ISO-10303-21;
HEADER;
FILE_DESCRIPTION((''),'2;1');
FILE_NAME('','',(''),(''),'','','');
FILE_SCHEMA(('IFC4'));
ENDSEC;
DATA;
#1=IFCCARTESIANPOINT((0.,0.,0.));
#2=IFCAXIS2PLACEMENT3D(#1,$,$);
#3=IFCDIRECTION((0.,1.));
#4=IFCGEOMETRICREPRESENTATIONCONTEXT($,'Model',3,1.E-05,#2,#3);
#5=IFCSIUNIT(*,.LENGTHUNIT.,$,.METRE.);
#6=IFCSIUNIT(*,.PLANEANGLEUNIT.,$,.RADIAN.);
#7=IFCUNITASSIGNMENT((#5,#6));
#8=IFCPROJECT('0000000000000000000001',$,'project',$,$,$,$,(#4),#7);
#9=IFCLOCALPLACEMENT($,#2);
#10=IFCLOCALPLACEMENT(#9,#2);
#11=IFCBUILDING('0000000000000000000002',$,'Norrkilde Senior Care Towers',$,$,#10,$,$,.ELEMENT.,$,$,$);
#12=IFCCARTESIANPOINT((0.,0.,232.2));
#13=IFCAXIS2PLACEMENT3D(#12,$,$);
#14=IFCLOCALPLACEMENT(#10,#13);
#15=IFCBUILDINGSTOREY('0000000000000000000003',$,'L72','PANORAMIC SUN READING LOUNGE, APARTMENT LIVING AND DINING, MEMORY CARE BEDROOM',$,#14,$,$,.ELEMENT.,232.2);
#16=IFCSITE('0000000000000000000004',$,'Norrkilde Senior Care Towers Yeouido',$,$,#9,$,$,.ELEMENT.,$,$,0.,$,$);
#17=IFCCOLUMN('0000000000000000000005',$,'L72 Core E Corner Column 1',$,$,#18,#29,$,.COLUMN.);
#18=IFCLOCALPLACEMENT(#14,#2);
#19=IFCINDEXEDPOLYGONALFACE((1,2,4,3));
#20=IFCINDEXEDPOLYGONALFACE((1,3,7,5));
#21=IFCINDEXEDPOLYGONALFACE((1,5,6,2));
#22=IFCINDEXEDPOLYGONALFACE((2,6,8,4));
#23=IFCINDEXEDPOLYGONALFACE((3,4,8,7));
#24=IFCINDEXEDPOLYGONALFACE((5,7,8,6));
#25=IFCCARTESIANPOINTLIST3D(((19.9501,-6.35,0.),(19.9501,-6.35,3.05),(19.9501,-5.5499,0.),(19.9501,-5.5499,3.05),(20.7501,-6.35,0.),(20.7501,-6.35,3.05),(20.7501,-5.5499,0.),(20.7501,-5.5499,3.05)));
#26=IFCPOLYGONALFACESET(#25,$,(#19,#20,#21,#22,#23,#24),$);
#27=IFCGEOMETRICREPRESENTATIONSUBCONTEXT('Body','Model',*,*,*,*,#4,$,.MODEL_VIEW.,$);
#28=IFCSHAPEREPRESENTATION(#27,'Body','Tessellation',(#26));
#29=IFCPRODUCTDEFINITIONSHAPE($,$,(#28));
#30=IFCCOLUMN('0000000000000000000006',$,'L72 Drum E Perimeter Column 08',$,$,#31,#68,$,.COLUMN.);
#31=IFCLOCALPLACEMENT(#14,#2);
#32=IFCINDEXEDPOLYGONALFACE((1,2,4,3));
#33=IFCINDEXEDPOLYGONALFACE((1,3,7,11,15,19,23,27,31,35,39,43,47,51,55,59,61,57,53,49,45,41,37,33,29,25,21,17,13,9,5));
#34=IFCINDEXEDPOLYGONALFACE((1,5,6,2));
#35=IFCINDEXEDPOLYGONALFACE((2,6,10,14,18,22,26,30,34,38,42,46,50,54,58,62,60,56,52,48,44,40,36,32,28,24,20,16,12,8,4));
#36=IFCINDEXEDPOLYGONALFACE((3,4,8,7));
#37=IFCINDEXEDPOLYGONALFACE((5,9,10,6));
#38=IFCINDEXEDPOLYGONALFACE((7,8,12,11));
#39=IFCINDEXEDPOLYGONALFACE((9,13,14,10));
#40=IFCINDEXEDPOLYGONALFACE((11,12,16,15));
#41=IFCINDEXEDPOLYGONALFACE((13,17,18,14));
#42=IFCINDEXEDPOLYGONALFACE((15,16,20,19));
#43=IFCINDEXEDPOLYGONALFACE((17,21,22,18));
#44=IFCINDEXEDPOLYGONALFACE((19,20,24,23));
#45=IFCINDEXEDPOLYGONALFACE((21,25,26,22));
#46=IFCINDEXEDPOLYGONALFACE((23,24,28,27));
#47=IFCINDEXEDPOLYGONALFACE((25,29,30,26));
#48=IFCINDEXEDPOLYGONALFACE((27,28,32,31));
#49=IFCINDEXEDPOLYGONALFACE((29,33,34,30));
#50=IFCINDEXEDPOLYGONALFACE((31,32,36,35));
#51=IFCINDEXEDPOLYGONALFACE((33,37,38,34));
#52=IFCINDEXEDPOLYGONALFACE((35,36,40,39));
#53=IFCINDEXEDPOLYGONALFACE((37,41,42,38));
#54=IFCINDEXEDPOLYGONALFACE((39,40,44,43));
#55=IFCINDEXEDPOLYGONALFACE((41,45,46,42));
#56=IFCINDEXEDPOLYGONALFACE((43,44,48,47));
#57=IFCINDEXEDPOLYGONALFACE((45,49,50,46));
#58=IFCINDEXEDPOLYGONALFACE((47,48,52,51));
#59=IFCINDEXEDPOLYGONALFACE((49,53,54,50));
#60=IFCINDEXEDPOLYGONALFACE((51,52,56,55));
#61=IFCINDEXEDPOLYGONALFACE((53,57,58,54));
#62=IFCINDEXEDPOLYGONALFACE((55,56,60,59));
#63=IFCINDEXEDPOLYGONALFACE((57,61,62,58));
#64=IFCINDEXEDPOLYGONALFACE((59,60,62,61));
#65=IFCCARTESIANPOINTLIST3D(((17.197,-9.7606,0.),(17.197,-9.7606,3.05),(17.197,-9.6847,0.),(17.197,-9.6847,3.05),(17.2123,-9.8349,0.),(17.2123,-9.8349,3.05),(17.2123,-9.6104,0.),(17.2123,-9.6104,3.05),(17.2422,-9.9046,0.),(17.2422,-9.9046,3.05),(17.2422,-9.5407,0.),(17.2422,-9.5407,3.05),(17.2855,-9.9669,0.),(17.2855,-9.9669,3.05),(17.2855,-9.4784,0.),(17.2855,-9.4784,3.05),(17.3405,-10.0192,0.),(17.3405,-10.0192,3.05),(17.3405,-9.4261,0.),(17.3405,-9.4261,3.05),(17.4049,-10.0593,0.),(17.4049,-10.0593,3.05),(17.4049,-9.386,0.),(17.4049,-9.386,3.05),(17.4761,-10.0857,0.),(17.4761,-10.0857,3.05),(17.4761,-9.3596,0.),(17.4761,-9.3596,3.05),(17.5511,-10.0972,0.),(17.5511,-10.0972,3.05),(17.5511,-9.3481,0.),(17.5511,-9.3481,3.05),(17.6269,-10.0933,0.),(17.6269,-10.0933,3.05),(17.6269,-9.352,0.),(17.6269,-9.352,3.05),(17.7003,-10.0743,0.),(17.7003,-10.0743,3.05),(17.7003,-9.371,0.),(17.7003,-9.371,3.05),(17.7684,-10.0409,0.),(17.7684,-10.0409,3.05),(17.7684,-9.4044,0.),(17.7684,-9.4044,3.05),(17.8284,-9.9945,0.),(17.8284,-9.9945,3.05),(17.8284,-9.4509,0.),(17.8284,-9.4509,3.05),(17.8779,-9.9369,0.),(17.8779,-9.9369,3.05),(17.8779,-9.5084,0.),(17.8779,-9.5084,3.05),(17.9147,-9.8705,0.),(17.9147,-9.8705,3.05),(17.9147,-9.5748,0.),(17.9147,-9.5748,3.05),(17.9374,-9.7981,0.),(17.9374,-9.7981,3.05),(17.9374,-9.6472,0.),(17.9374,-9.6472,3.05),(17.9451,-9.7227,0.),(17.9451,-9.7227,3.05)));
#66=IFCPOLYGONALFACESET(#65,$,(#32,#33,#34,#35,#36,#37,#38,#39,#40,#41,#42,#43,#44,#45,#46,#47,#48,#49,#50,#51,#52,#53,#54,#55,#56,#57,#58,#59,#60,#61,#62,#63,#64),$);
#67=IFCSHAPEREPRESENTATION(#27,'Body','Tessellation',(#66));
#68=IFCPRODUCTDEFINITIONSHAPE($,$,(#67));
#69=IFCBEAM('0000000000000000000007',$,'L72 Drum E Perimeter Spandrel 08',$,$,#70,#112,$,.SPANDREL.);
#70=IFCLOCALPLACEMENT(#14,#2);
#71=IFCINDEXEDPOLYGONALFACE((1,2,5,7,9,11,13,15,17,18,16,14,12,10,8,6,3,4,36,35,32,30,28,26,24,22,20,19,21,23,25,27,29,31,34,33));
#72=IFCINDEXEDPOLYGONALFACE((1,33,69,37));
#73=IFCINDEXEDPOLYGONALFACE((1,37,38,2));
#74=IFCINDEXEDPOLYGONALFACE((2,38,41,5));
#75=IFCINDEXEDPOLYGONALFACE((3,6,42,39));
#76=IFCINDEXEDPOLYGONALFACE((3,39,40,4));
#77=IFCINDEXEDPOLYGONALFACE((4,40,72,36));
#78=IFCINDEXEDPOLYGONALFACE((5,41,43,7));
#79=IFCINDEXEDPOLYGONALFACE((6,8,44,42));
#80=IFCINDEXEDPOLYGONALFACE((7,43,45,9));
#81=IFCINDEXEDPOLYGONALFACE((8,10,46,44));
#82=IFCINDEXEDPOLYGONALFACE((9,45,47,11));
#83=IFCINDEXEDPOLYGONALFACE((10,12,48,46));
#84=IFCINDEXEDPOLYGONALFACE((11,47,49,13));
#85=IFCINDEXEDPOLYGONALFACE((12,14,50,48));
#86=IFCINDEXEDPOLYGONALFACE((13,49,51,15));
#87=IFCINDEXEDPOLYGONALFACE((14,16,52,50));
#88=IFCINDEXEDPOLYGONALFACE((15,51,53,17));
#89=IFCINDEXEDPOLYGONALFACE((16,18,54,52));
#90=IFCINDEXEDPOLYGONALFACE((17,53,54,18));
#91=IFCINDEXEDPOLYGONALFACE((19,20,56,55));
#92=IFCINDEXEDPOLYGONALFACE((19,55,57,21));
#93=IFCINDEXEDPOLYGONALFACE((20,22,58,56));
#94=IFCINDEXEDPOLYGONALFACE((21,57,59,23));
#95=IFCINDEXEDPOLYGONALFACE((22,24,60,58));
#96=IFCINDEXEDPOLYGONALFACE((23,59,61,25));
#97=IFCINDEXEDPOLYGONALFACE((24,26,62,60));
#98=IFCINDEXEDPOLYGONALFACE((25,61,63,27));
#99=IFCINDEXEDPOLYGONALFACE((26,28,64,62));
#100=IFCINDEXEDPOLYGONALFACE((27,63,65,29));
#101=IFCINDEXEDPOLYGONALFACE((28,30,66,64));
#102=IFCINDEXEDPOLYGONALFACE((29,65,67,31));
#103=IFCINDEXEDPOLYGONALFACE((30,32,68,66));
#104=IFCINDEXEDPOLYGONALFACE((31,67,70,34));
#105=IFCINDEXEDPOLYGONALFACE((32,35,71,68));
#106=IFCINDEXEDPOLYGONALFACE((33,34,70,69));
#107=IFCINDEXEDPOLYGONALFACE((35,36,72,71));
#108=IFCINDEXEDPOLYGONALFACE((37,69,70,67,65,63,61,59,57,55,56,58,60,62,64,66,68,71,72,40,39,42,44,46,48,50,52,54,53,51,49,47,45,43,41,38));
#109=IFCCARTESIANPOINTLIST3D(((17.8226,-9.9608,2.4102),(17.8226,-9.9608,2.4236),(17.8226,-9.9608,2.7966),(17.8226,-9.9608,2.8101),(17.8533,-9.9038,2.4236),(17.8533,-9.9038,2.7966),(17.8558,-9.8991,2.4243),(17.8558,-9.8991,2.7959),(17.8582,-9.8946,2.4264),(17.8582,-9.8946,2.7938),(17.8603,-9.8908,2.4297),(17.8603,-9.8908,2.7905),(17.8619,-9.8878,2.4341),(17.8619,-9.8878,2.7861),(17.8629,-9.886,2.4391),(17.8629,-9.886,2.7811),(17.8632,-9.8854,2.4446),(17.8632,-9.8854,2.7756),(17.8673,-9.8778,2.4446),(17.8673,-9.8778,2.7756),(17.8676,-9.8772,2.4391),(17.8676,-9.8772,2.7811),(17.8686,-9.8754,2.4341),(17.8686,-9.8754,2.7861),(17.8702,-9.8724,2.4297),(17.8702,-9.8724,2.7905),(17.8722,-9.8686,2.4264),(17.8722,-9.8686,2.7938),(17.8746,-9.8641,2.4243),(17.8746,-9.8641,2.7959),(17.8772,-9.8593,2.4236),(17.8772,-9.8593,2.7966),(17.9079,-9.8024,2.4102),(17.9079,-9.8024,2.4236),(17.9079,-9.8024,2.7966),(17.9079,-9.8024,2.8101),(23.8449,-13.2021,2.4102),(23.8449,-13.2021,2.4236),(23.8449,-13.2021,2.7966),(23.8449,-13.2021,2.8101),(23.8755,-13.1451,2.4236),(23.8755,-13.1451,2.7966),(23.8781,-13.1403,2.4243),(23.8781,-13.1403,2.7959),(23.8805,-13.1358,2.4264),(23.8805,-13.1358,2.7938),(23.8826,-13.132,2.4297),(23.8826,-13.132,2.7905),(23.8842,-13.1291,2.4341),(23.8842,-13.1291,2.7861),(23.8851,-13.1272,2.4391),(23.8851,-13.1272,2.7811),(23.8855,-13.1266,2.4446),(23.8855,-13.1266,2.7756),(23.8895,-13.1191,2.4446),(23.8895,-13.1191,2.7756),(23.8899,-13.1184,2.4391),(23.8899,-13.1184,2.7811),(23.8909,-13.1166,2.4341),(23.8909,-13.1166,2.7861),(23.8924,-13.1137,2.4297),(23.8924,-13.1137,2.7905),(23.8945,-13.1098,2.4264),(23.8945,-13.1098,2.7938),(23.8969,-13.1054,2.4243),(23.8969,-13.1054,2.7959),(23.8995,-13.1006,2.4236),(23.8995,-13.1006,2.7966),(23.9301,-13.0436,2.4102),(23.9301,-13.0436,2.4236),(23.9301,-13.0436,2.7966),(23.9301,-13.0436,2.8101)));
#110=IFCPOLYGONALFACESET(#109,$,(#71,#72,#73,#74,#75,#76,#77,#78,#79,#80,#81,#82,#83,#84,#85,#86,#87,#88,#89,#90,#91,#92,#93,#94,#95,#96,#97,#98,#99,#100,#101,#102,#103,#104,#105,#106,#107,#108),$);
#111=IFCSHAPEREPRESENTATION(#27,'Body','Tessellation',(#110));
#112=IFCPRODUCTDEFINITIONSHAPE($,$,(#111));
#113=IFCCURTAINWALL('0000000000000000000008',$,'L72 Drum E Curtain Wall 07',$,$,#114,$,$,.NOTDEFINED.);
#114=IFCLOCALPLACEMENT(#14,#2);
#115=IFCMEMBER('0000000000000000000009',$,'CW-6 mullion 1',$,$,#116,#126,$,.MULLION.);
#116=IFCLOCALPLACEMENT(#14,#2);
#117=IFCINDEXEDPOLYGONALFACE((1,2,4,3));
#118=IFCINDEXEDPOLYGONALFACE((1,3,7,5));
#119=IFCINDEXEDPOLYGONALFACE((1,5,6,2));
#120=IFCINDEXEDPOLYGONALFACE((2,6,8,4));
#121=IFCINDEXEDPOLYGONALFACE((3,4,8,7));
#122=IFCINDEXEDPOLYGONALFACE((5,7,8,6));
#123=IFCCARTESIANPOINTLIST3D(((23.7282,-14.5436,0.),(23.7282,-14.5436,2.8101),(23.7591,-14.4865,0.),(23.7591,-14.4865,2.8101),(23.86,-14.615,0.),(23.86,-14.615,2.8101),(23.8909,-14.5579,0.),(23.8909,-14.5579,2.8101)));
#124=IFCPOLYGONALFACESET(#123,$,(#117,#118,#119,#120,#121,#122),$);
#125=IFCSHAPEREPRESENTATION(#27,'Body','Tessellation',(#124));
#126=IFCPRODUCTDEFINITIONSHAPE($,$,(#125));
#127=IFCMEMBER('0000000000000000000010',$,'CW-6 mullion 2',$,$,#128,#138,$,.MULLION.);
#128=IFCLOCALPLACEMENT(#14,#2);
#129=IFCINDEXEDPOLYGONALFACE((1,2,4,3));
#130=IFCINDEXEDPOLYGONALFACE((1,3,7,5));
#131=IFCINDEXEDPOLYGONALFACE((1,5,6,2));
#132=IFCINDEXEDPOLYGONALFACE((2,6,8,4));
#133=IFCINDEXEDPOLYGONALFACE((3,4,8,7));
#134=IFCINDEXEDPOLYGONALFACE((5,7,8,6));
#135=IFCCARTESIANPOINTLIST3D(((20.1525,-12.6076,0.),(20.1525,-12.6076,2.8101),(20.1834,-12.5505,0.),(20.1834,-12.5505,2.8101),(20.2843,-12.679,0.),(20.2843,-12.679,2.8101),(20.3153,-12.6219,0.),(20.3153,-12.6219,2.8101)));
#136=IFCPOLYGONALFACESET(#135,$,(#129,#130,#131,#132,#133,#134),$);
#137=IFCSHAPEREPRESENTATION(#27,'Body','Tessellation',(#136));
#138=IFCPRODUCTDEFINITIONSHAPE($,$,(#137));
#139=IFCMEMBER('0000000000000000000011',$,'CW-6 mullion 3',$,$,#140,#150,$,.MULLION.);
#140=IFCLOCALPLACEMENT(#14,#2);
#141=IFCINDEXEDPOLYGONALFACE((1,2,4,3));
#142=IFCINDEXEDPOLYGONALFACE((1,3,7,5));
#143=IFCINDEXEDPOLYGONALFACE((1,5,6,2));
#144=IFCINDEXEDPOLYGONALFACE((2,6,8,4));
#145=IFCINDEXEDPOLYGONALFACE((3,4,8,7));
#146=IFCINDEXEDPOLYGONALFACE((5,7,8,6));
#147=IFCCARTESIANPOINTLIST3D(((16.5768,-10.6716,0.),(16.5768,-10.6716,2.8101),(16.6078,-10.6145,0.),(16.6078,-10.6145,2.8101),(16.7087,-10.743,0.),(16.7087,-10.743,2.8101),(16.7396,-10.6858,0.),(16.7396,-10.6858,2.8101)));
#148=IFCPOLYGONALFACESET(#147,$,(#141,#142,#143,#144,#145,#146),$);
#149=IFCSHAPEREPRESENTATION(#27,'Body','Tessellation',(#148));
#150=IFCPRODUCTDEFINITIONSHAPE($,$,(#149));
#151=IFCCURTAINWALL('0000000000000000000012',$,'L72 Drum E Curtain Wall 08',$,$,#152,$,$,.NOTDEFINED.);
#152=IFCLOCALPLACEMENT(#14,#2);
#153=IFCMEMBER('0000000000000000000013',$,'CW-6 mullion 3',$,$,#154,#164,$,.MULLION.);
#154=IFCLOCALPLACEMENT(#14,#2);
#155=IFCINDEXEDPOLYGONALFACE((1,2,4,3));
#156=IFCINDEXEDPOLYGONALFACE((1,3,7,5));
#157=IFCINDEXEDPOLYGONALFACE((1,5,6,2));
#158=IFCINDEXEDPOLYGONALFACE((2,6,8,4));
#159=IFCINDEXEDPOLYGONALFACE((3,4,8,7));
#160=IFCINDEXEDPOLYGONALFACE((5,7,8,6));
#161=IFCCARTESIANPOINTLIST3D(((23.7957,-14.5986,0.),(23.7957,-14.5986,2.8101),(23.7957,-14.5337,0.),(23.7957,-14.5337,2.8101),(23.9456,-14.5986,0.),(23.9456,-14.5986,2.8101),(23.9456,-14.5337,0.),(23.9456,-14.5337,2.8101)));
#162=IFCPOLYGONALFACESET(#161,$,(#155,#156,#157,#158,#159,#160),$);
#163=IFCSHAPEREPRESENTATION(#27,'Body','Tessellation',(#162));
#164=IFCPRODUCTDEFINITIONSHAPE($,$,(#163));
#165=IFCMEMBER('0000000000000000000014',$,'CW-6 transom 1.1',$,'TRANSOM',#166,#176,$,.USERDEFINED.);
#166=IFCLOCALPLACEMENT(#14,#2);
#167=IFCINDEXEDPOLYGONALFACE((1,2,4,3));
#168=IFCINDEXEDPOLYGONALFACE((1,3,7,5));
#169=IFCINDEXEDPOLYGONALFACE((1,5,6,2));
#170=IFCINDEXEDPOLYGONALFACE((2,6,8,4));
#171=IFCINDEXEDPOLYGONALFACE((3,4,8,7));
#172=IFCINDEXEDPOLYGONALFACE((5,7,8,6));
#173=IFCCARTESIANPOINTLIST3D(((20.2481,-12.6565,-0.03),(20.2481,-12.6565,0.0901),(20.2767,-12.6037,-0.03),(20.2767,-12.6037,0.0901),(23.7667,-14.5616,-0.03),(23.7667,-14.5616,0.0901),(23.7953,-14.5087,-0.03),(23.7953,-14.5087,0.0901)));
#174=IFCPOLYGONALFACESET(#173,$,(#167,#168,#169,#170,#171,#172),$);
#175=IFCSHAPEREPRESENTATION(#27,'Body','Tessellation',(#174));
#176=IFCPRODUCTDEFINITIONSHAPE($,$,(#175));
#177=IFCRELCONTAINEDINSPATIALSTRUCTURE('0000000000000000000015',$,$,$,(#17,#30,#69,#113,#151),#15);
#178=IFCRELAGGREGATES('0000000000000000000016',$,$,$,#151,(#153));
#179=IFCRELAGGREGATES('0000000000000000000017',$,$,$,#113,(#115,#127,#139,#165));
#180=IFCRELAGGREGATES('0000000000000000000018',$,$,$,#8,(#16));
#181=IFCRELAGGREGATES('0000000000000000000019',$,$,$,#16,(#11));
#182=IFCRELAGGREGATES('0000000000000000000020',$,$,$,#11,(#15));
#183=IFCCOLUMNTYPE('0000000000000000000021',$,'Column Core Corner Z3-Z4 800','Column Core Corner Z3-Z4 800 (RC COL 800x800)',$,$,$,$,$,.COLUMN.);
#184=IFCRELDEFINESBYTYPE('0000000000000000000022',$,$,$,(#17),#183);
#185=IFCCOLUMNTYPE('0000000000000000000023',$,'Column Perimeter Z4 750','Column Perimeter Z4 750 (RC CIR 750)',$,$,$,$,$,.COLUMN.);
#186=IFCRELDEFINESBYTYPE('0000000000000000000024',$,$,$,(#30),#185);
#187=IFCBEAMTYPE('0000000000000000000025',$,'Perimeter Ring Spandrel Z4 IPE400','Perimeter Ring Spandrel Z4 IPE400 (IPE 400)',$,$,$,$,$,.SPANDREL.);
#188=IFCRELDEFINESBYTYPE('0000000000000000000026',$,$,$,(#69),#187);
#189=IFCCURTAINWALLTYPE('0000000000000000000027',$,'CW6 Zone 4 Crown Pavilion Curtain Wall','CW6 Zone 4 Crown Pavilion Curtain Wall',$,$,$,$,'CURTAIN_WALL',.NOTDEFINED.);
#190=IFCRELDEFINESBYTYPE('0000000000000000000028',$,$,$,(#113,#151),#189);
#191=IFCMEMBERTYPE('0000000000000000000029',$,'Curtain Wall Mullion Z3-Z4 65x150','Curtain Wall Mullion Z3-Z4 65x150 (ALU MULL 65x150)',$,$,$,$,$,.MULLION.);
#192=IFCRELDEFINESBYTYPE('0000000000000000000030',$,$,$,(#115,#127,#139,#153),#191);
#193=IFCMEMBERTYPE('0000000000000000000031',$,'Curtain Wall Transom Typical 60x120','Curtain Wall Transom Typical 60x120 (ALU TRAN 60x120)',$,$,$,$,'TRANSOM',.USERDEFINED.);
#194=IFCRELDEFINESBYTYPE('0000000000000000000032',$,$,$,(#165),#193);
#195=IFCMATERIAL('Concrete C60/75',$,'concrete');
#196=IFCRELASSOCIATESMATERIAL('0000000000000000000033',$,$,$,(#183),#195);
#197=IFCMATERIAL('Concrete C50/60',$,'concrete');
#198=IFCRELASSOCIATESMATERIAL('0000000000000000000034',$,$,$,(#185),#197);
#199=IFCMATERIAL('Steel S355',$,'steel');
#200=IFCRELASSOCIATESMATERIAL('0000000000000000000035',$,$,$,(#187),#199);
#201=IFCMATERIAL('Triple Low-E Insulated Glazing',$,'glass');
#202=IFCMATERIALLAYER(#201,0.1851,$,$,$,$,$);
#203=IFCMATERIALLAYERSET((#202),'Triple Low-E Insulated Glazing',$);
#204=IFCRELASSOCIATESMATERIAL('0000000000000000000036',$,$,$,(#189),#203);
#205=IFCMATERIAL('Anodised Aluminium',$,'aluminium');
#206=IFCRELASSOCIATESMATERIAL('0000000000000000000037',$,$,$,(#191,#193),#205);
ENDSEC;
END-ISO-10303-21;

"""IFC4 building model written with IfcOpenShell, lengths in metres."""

from ifc_helpers import new_model, si_unit, direction, frame, origin, origin_2d, place, context, subcontext, project, spatial, rectangle, circle, i_section, extrude, source, transform, mapped, material, layer, layer_set, material_profile, profile_set, type_object, type_shapes, element, aggregate, save


model = new_model("IFC4")

# Units and contexts
model_context = context("Model", 3, precision=1e-05, world=origin(), true_north=direction((0.0, 1.0)))
body_context = subcontext(model_context, "Body", "Model", "MODEL_VIEW")
ifc_project = project(units=[si_unit("LENGTHUNIT", "METRE"), si_unit("PLANEANGLEUNIT", "RADIAN")], contexts=[model_context])

# Site, building, storey
site_placement = place(None, origin())
site = spatial("IfcSite", under=ifc_project, at=site_placement, Name="Norrkilde Senior Care Towers Yeouido", CompositionType="ELEMENT", RefElevation=0.0)
building_placement = place(site_placement, origin())
building = spatial("IfcBuilding", under=site, at=building_placement, Name="Norrkilde Senior Care Towers", CompositionType="ELEMENT")
storey_placement = place(building_placement, frame((0.0, 0.0, 232.2)))
storey = spatial("IfcBuildingStorey", under=building, at=storey_placement, Name="L72", Description="PANORAMIC SUN READING LOUNGE, APARTMENT LIVING AND DINING, MEMORY CARE BEDROOM", CompositionType="ELEMENT", Elevation=232.2)

# Columns
ifc_material_1 = material(Name="Concrete C60/75", Category="concrete")
ifc_material_profile_1 = material_profile(ifc_material_1, rectangle(XDim=0.8, YDim=0.8, at=origin_2d()), Name="RC COL 800x800")
ifc_profile_set_1 = profile_set([ifc_material_profile_1], Name="Concrete C60/75")
column_type_1 = type_object("IfcColumnType", Name="Column Core Corner Z3-Z4 800", Description="Column Core Corner Z3-Z4 800 (RC COL 800x800)", PredefinedType="COLUMN", material=ifc_profile_set_1)
shared_shape_1 = source(origin(), body_context, "Body", "SweptSolid", [
    extrude(rectangle(XDim=0.8, YDim=0.8, at=origin_2d()), origin(), (0.0, 0.0, 1.0), 3.05),
])
type_shapes(column_type_1, [shared_shape_1])
column_1_placement = place(storey_placement, frame((20.3501, -5.95, 0.0), z_axis=(0.0, 0.0, 1.0), x_axis=(1.0, 0.0, 0.0)))
element("IfcColumn", 1, at=column_1_placement, inside=storey, type_object=column_type_1, Name="L72 Core E Corner Column 1", PredefinedType="COLUMN", context=body_context, shape_type="MappedRepresentation", body=[
    mapped(shared_shape_1, transform((0.0, 0.0, 0.0), x_axis=(1.0, 0.0, 0.0), y_axis=(0.0, 1.0, 0.0), z_axis=(0.0, 0.0, 1.0), scale=1.0)),
])
ifc_material_2 = material(Name="Concrete C50/60", Category="concrete")
ifc_material_profile_2 = material_profile(ifc_material_2, circle(Radius=0.375, at=origin_2d()), Name="RC CIR 750")
ifc_profile_set_2 = profile_set([ifc_material_profile_2], Name="Concrete C50/60")
column_type_2 = type_object("IfcColumnType", Name="Column Perimeter Z4 750", Description="Column Perimeter Z4 750 (RC CIR 750)", PredefinedType="COLUMN", material=ifc_profile_set_2)
shared_shape_2 = source(origin(), body_context, "Body", "SweptSolid", [
    extrude(circle(Radius=0.375, at=origin_2d()), origin(), (0.0, 0.0, 1.0), 3.05),
])
type_shapes(column_type_2, [shared_shape_2])
column_2_placement = place(storey_placement, frame((17.5701, -9.7227, 0.0), z_axis=(0.0, 0.0, 1.0), x_axis=(1.0, 0.0, 0.0)))
element("IfcColumn", 2, at=column_2_placement, inside=storey, type_object=column_type_2, Name="L72 Drum E Perimeter Column 08", PredefinedType="COLUMN", context=body_context, shape_type="MappedRepresentation", body=[
    mapped(shared_shape_2, transform((0.0, 0.0, 0.0), x_axis=(1.0, 0.0, 0.0), y_axis=(0.0, 1.0, 0.0), z_axis=(0.0, 0.0, 1.0), scale=1.0)),
])

# Beam
ifc_material_3 = material(Name="Steel S355", Category="steel")
ifc_material_profile_3 = material_profile(ifc_material_3, i_section(OverallWidth=0.1799, OverallDepth=0.3999, WebThickness=0.0085, FlangeThickness=0.0134, FilletRadius=0.021, at=origin_2d()), Name="IPE 400")
ifc_profile_set_3 = profile_set([ifc_material_profile_3], Name="Steel S355")
beam_type = type_object("IfcBeamType", Name="Perimeter Ring Spandrel Z4 IPE400", Description="Perimeter Ring Spandrel Z4 IPE400 (IPE 400)", PredefinedType="SPANDREL", material=ifc_profile_set_3)
shared_shape_3 = source(origin(), body_context, "Body", "SweptSolid", [
    extrude(i_section(OverallWidth=0.1799, OverallDepth=0.3999, WebThickness=0.0085, FlangeThickness=0.0134, FilletRadius=0.021, at=origin_2d()), origin(), (0.0, 0.0, 1.0), 6.8391),
])
type_shapes(beam_type, [shared_shape_3])
beam_placement = place(storey_placement, frame((17.8652, -9.8816, 2.6101), z_axis=(0.880564, -0.473927, 0.0), x_axis=(0.473927, 0.880564, 0.0)))
element("IfcBeam", 3, at=beam_placement, inside=storey, type_object=beam_type, Name="L72 Drum E Perimeter Spandrel 08", PredefinedType="SPANDREL", context=body_context, shape_type="MappedRepresentation", body=[
    mapped(shared_shape_3, transform((0.0, 0.0, 0.0), x_axis=(1.0, 0.0, 0.0), y_axis=(0.0, 1.0, 0.0), z_axis=(0.0, 0.0, 1.0), scale=1.0)),
])

# Curtain wall, members
ifc_material_4 = material(Name="Triple Low-E Insulated Glazing", Category="glass")
ifc_layer_1 = layer(ifc_material_4, 0.1851)
ifc_layer_set_1 = layer_set([ifc_layer_1], Name="Triple Low-E Insulated Glazing")
curtain_wall_type = type_object("IfcCurtainWallType", Name="CW6 Zone 4 Crown Pavilion Curtain Wall", Description="CW6 Zone 4 Crown Pavilion Curtain Wall", ElementType="CURTAIN_WALL", PredefinedType="NOTDEFINED", material=ifc_layer_set_1)
curtain_wall_1_placement = place(storey_placement, origin())
curtain_wall_1 = element("IfcCurtainWall", 4, at=curtain_wall_1_placement, inside=storey, type_object=curtain_wall_type, Name="L72 Drum E Curtain Wall 07", PredefinedType="NOTDEFINED")
ifc_material_5 = material(Name="Anodised Aluminium", Category="aluminium")
ifc_material_profile_4 = material_profile(ifc_material_5, rectangle(XDim=0.0649, YDim=0.1499, at=origin_2d()), Name="ALU MULL 65x150")
ifc_profile_set_4 = profile_set([ifc_material_profile_4], Name="Anodised Aluminium")
member_type_1 = type_object("IfcMemberType", Name="Curtain Wall Mullion Z3-Z4 65x150", Description="Curtain Wall Mullion Z3-Z4 65x150 (ALU MULL 65x150)", PredefinedType="MULLION", material=ifc_profile_set_4)
shared_shape_4 = source(origin(), body_context, "Body", "SweptSolid", [
    extrude(rectangle(XDim=0.0649, YDim=0.1499, at=origin_2d()), origin(), (0.0, 0.0, 1.0), 2.8101),
])
type_shapes(member_type_1, [shared_shape_4])
member_1_placement = place(storey_placement, frame((23.8096, -14.5508, 0.0), z_axis=(0.0, 0.0, 1.0), x_axis=(-0.476133, -0.879373, 0.0)))
member_1 = element("IfcMember", 5, at=member_1_placement, type_object=member_type_1, Name="CW-6 mullion 1", PredefinedType="MULLION", context=body_context, shape_type="MappedRepresentation", body=[
    mapped(shared_shape_4, transform((0.0, 0.0, 0.0), x_axis=(1.0, 0.0, 0.0), y_axis=(0.0, 1.0, 0.0), z_axis=(0.0, 0.0, 1.0), scale=1.0)),
])
member_2_placement = place(storey_placement, frame((20.2339, -12.6147, 0.0), z_axis=(0.0, 0.0, 1.0), x_axis=(-0.476133, -0.879373, 0.0)))
member_2 = element("IfcMember", 6, at=member_2_placement, type_object=member_type_1, Name="CW-6 mullion 2", PredefinedType="MULLION", context=body_context, shape_type="MappedRepresentation", body=[
    mapped(shared_shape_4, transform((0.0, 0.0, 0.0), x_axis=(1.0, 0.0, 0.0), y_axis=(0.0, 1.0, 0.0), z_axis=(0.0, 0.0, 1.0), scale=1.0)),
])
member_3_placement = place(storey_placement, frame((16.6582, -10.6787, 0.0), z_axis=(0.0, 0.0, 1.0), x_axis=(-0.476133, -0.879373, 0.0)))
member_3 = element("IfcMember", 7, at=member_3_placement, type_object=member_type_1, Name="CW-6 mullion 3", PredefinedType="MULLION", context=body_context, shape_type="MappedRepresentation", body=[
    mapped(shared_shape_4, transform((0.0, 0.0, 0.0), x_axis=(1.0, 0.0, 0.0), y_axis=(0.0, 1.0, 0.0), z_axis=(0.0, 0.0, 1.0), scale=1.0)),
])

# Curtain wall, member
curtain_wall_2_placement = place(storey_placement, origin())
curtain_wall_2 = element("IfcCurtainWall", 8, at=curtain_wall_2_placement, inside=storey, type_object=curtain_wall_type, Name="L72 Drum E Curtain Wall 08", PredefinedType="NOTDEFINED")
member_4_placement = place(storey_placement, frame((23.8706, -14.5662, 0.0), z_axis=(0.0, 0.0, 1.0), x_axis=(0.0, -1.0, 0.0)))
member_4 = element("IfcMember", 9, at=member_4_placement, type_object=member_type_1, Name="CW-6 mullion 3", PredefinedType="MULLION", context=body_context, shape_type="MappedRepresentation", body=[
    mapped(shared_shape_4, transform((0.0, 0.0, 0.0), x_axis=(1.0, 0.0, 0.0), y_axis=(0.0, 1.0, 0.0), z_axis=(0.0, 0.0, 1.0), scale=1.0)),
])
aggregate(curtain_wall_2, [member_4])

# Member
ifc_material_profile_5 = material_profile(ifc_material_5, rectangle(XDim=0.0601, YDim=0.1201, at=origin_2d()), Name="ALU TRAN 60x120")
ifc_profile_set_5 = profile_set([ifc_material_profile_5], Name="Anodised Aluminium")
member_type_2 = type_object("IfcMemberType", Name="Curtain Wall Transom Typical 60x120", Description="Curtain Wall Transom Typical 60x120 (ALU TRAN 60x120)", ElementType="TRANSOM", PredefinedType="USERDEFINED", material=ifc_profile_set_5)
shared_shape_5 = source(origin(), body_context, "Body", "SweptSolid", [
    extrude(rectangle(XDim=0.0601, YDim=0.1201, at=origin_2d()), origin(), (0.0, 0.0, 1.0), 4.0012),
])
type_shapes(member_type_2, [shared_shape_5])
member_5_placement = place(storey_placement, frame((23.781, -14.5352, 0.03), z_axis=(-0.879381, 0.476118, 0.0), x_axis=(-0.476118, -0.879381, 0.0)))
member_5 = element("IfcMember", 10, at=member_5_placement, type_object=member_type_2, Name="CW-6 transom 1.1", ObjectType="TRANSOM", PredefinedType="USERDEFINED", context=body_context, shape_type="MappedRepresentation", body=[
    mapped(shared_shape_5, transform((0.0, 0.0, 0.0), x_axis=(1.0, 0.0, 0.0), y_axis=(0.0, 1.0, 0.0), z_axis=(0.0, 0.0, 1.0), scale=1.0)),
])

aggregate(curtain_wall_1, [member_1, member_2, member_3, member_5])

save(model, "model.ifc")
